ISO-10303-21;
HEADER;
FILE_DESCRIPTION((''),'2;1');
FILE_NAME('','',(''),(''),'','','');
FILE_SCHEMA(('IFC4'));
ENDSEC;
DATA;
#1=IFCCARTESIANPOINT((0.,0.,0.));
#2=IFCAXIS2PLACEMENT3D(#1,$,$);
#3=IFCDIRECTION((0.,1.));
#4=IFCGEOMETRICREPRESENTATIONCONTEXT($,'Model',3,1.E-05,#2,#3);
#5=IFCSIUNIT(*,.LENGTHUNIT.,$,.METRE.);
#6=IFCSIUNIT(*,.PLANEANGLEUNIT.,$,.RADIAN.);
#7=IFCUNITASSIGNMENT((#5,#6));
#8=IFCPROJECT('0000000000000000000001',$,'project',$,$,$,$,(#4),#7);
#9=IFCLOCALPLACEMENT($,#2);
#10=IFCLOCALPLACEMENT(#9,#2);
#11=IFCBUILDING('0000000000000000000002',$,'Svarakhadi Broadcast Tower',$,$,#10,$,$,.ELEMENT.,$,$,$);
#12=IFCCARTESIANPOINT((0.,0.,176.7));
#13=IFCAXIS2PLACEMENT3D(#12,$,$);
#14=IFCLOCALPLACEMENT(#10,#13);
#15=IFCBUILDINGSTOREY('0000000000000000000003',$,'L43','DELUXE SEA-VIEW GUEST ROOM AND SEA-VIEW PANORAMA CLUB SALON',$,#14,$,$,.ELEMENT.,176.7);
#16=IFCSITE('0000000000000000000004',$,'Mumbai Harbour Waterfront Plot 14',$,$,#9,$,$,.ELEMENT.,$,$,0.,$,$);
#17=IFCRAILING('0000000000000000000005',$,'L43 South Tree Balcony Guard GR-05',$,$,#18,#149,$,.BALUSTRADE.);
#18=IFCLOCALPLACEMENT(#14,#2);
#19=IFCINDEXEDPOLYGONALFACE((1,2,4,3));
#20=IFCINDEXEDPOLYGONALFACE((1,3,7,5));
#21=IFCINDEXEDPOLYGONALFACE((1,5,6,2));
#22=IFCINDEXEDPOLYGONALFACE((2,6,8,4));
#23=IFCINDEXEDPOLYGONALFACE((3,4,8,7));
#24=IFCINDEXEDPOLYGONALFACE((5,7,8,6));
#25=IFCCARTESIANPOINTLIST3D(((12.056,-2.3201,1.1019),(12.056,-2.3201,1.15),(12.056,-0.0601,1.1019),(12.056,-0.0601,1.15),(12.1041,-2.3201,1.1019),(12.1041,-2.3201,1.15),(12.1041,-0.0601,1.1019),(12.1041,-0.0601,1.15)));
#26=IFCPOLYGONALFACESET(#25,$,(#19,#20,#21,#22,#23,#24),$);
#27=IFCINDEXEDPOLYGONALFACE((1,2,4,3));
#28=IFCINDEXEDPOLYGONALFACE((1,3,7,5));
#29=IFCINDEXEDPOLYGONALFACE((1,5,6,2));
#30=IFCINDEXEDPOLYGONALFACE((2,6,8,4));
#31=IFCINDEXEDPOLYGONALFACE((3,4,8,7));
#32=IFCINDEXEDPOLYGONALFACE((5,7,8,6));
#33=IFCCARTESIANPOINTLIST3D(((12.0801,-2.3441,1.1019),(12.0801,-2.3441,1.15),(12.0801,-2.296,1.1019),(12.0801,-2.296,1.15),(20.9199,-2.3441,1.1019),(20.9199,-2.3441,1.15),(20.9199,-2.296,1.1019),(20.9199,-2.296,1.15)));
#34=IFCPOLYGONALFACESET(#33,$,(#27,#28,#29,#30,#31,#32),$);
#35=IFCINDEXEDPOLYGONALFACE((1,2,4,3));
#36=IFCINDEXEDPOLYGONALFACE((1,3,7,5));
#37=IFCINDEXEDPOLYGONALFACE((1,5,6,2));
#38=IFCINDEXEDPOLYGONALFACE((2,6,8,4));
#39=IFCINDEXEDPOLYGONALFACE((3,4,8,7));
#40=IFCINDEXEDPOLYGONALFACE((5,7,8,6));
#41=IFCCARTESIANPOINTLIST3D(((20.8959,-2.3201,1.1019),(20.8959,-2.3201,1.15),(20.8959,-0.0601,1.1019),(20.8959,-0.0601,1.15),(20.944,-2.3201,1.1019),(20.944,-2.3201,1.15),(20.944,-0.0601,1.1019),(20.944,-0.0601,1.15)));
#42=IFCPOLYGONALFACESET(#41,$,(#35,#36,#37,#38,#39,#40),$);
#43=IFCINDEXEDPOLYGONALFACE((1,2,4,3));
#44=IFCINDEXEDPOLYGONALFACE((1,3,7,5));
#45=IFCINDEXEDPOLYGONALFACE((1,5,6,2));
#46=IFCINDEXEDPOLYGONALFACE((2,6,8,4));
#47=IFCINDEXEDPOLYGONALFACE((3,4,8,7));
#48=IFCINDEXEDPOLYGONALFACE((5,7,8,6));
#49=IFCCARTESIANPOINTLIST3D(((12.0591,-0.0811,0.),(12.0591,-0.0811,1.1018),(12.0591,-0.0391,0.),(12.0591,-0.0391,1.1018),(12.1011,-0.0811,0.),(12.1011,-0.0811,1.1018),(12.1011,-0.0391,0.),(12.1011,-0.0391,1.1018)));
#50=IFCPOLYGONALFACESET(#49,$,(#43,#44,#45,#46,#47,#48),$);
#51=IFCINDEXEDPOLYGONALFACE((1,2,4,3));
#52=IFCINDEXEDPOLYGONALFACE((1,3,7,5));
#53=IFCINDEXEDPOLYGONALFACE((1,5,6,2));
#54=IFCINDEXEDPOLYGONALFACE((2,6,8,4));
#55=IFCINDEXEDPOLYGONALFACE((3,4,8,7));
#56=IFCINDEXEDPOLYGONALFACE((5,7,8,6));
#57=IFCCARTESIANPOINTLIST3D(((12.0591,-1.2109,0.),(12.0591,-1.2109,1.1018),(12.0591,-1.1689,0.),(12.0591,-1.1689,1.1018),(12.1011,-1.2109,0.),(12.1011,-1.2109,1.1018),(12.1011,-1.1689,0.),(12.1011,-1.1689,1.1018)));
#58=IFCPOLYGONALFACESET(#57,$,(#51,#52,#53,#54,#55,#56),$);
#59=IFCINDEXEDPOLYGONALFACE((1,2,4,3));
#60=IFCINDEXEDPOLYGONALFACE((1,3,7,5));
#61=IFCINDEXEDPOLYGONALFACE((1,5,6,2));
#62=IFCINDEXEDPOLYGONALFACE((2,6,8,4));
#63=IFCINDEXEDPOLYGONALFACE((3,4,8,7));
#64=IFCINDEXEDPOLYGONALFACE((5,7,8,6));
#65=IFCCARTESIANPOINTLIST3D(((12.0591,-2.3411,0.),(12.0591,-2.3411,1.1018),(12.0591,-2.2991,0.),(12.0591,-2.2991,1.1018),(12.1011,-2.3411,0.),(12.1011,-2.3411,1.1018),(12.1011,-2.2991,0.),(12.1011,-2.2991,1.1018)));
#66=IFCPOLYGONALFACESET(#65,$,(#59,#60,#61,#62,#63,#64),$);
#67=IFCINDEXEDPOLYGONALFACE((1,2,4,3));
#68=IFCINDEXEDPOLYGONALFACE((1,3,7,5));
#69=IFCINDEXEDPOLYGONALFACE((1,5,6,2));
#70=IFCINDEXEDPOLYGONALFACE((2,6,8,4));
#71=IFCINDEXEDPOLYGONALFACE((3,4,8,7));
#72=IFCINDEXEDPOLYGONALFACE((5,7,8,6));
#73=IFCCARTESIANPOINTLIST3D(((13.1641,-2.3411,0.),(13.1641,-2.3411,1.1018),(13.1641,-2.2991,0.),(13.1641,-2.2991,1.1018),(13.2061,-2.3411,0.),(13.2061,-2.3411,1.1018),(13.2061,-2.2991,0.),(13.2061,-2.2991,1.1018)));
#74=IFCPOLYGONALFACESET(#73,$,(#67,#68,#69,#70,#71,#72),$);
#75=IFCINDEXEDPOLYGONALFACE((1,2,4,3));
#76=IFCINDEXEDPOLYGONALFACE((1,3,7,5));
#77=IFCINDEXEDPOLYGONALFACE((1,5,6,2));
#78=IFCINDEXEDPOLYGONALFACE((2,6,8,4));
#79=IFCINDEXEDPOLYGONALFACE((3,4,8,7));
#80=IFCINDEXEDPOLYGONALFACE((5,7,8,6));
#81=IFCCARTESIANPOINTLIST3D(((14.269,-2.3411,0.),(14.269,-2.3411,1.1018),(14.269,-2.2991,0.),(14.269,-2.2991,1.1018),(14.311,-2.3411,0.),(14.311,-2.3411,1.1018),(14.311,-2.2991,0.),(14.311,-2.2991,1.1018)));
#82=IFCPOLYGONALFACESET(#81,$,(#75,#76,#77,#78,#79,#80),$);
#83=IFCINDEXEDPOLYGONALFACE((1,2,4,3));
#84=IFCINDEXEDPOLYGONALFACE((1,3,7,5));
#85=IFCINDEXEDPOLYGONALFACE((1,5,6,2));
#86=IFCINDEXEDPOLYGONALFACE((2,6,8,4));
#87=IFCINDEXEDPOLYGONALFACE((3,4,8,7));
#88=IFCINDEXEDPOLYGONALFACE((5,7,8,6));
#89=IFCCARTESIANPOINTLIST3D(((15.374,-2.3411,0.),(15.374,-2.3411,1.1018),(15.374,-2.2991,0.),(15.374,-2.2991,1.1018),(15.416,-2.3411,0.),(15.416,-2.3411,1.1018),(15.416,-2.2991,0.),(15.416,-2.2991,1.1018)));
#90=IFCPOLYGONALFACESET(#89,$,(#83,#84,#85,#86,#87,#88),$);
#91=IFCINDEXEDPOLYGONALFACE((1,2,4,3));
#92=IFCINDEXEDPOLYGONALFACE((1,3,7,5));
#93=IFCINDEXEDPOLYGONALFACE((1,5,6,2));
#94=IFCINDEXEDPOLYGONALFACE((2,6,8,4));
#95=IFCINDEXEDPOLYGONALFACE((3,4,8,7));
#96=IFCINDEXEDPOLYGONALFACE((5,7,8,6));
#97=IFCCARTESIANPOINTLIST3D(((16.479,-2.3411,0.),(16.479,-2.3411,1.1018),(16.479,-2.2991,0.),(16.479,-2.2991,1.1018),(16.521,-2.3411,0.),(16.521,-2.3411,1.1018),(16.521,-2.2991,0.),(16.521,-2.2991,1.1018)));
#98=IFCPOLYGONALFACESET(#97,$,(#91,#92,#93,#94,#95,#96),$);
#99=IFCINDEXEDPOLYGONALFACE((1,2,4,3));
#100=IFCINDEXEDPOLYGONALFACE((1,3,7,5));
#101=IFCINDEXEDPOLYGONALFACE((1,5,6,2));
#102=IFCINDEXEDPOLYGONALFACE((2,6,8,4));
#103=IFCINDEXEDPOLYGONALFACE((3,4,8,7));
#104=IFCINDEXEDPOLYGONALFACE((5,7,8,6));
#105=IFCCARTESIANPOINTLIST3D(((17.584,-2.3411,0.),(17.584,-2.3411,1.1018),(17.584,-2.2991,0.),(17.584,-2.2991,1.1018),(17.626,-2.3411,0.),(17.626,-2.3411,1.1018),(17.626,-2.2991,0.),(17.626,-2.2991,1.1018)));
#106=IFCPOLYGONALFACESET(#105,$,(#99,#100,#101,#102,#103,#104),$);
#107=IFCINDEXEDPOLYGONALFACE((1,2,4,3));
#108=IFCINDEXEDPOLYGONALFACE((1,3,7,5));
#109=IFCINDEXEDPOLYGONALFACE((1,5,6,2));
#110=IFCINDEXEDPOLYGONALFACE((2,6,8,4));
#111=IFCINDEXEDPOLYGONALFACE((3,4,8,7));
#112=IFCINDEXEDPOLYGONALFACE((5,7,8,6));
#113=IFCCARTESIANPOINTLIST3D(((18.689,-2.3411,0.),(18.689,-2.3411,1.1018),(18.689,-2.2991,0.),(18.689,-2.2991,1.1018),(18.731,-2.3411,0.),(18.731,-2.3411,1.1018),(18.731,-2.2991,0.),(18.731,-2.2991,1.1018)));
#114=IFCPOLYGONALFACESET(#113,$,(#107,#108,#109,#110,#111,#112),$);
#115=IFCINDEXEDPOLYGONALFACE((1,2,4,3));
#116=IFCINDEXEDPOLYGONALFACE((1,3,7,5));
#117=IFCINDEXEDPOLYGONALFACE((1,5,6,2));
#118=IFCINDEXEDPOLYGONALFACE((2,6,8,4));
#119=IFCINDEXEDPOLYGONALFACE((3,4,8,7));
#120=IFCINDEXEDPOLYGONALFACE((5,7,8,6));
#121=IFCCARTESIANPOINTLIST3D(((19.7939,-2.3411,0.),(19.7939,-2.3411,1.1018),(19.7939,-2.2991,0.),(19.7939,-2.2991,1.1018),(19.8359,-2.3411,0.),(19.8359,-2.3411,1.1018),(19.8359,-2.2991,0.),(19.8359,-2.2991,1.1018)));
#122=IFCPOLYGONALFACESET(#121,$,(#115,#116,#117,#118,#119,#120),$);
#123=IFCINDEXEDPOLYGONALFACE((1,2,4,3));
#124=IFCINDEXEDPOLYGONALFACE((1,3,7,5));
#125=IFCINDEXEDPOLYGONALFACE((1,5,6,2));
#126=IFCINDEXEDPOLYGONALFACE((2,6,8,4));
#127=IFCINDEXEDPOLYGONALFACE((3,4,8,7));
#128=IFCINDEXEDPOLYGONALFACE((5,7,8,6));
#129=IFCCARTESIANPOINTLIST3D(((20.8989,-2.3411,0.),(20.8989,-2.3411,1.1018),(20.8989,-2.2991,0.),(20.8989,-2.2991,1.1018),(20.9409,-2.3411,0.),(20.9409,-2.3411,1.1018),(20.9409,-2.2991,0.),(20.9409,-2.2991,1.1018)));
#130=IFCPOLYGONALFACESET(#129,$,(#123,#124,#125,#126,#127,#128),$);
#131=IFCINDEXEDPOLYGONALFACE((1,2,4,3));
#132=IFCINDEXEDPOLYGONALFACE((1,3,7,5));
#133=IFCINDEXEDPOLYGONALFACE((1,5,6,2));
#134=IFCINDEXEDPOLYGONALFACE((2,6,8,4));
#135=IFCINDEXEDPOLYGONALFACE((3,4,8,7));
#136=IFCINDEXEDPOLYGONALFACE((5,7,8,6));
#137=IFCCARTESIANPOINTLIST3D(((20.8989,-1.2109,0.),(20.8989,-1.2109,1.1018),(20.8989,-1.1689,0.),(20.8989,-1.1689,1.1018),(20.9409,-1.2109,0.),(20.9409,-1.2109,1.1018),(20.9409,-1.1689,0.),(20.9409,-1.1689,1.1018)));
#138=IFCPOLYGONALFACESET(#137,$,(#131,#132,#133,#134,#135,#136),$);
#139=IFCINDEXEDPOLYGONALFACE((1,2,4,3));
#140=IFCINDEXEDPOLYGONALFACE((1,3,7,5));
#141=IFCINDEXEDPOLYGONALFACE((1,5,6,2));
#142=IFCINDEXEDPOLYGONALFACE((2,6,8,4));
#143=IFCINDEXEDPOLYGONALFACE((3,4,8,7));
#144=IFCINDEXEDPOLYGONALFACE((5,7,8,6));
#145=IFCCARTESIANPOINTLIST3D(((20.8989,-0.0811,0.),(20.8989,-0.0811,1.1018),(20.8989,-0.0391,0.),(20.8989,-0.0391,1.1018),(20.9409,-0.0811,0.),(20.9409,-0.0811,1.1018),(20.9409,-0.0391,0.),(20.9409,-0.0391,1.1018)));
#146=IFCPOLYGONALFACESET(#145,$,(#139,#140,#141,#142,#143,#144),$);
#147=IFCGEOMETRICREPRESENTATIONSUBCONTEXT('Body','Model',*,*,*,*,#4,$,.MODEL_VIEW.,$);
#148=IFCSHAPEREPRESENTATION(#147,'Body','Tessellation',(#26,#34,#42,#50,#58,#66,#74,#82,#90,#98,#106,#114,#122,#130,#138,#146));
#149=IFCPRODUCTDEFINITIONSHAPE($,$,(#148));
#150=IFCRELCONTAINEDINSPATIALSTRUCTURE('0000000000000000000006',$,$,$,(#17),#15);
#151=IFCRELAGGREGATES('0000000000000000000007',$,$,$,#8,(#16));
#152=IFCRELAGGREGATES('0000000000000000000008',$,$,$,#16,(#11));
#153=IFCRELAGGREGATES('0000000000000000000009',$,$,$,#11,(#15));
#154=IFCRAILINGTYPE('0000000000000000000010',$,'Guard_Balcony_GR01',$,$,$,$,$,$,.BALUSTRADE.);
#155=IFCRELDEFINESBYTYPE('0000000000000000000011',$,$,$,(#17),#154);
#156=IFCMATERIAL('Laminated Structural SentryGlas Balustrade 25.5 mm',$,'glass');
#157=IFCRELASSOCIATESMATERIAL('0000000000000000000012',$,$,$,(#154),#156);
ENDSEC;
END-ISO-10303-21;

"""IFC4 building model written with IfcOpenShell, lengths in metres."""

from ifc_helpers import new_model, si_unit, direction, frame, origin, origin_2d, place, context, subcontext, project, spatial, rectangle, extrude, material, type_object, element, save


model = new_model("IFC4")

# Units and contexts
model_context = context("Model", 3, precision=1e-05, world=origin(), true_north=direction((0.0, 1.0)))
body_context = subcontext(model_context, "Body", "Model", "MODEL_VIEW")
ifc_project = project(units=[si_unit("LENGTHUNIT", "METRE"), si_unit("PLANEANGLEUNIT", "RADIAN")], contexts=[model_context])

# Site, building, storey
site_placement = place(None, origin())
site = spatial("IfcSite", under=ifc_project, at=site_placement, Name="Mumbai Harbour Waterfront Plot 14", CompositionType="ELEMENT", RefElevation=0.0)
building_placement = place(site_placement, origin())
building = spatial("IfcBuilding", under=site, at=building_placement, Name="Svarakhadi Broadcast Tower", CompositionType="ELEMENT")
storey_placement = place(building_placement, frame((0.0, 0.0, 176.7)))
storey = spatial("IfcBuildingStorey", under=building, at=storey_placement, Name="L43", Description="DELUXE SEA-VIEW GUEST ROOM AND SEA-VIEW PANORAMA CLUB SALON", CompositionType="ELEMENT", Elevation=176.7)

# Railing
ifc_material_1 = material(Name="Laminated Structural SentryGlas Balustrade 25.5 mm", Category="glass")
railing_type = type_object("IfcRailingType", Name="Guard_Balcony_GR01", PredefinedType="BALUSTRADE", material=ifc_material_1)
railing_placement = place(storey_placement, frame((12.0801, -0.0601, 0.0)))
element("IfcRailing", 1, at=railing_placement, inside=storey, type_object=railing_type, Name="L43 South Tree Balcony Guard GR-05", PredefinedType="BALUSTRADE", context=body_context, shape_type="SweptSolid", body=[
    extrude(rectangle(XDim=0.0481, YDim=0.0481, at=origin_2d()), frame((0.0, 0.0, 1.126), z_axis=(0.0, -1.0, 0.0), x_axis=(1.0, 0.0, 0.0)), (0.0, 0.0, 1.0), 2.26),
    extrude(rectangle(XDim=0.0481, YDim=0.0481, at=origin_2d()), frame((0.0, -2.26, 1.126), z_axis=(1.0, 0.0, 0.0), x_axis=(0.0, 1.0, 0.0)), (0.0, 0.0, 1.0), 8.8398),
    extrude(rectangle(XDim=0.0481, YDim=0.0481, at=origin_2d()), frame((8.8398, -2.26, 1.126), z_axis=(0.0, 1.0, 0.0), x_axis=(-1.0, 0.0, 0.0)), (0.0, 0.0, 1.0), 2.26),
    extrude(rectangle(XDim=0.042, YDim=0.042, at=origin_2d()), origin(), (0.0, 0.0, 1.0), 1.1018),
    extrude(rectangle(XDim=0.042, YDim=0.042, at=origin_2d()), frame((0.0, -1.1299, 0.0)), (0.0, 0.0, 1.0), 1.1018),
    extrude(rectangle(XDim=0.042, YDim=0.042, at=origin_2d()), frame((0.0, -2.26, 0.0)), (0.0, 0.0, 1.0), 1.1018),
    extrude(rectangle(XDim=0.042, YDim=0.042, at=origin_2d()), frame((1.105, -2.26, 0.0)), (0.0, 0.0, 1.0), 1.1018),
    extrude(rectangle(XDim=0.042, YDim=0.042, at=origin_2d()), frame((2.21, -2.26, 0.0)), (0.0, 0.0, 1.0), 1.1018),
    extrude(rectangle(XDim=0.042, YDim=0.042, at=origin_2d()), frame((3.3149, -2.26, 0.0)), (0.0, 0.0, 1.0), 1.1018),
    extrude(rectangle(XDim=0.042, YDim=0.042, at=origin_2d()), frame((4.4199, -2.26, 0.0)), (0.0, 0.0, 1.0), 1.1018),
    extrude(rectangle(XDim=0.042, YDim=0.042, at=origin_2d()), frame((5.5249, -2.26, 0.0)), (0.0, 0.0, 1.0), 1.1018),
    extrude(rectangle(XDim=0.042, YDim=0.042, at=origin_2d()), frame((6.6299, -2.26, 0.0)), (0.0, 0.0, 1.0), 1.1018),
    extrude(rectangle(XDim=0.042, YDim=0.042, at=origin_2d()), frame((7.7349, -2.26, 0.0)), (0.0, 0.0, 1.0), 1.1018),
    extrude(rectangle(XDim=0.042, YDim=0.042, at=origin_2d()), frame((8.8398, -2.26, 0.0)), (0.0, 0.0, 1.0), 1.1018),
    extrude(rectangle(XDim=0.042, YDim=0.042, at=origin_2d()), frame((8.8398, -1.1299, 0.0)), (0.0, 0.0, 1.0), 1.1018),
    extrude(rectangle(XDim=0.042, YDim=0.042, at=origin_2d()), frame((8.8398, 0.0, 0.0)), (0.0, 0.0, 1.0), 1.1018),
])

save(model, "model.ifc")
